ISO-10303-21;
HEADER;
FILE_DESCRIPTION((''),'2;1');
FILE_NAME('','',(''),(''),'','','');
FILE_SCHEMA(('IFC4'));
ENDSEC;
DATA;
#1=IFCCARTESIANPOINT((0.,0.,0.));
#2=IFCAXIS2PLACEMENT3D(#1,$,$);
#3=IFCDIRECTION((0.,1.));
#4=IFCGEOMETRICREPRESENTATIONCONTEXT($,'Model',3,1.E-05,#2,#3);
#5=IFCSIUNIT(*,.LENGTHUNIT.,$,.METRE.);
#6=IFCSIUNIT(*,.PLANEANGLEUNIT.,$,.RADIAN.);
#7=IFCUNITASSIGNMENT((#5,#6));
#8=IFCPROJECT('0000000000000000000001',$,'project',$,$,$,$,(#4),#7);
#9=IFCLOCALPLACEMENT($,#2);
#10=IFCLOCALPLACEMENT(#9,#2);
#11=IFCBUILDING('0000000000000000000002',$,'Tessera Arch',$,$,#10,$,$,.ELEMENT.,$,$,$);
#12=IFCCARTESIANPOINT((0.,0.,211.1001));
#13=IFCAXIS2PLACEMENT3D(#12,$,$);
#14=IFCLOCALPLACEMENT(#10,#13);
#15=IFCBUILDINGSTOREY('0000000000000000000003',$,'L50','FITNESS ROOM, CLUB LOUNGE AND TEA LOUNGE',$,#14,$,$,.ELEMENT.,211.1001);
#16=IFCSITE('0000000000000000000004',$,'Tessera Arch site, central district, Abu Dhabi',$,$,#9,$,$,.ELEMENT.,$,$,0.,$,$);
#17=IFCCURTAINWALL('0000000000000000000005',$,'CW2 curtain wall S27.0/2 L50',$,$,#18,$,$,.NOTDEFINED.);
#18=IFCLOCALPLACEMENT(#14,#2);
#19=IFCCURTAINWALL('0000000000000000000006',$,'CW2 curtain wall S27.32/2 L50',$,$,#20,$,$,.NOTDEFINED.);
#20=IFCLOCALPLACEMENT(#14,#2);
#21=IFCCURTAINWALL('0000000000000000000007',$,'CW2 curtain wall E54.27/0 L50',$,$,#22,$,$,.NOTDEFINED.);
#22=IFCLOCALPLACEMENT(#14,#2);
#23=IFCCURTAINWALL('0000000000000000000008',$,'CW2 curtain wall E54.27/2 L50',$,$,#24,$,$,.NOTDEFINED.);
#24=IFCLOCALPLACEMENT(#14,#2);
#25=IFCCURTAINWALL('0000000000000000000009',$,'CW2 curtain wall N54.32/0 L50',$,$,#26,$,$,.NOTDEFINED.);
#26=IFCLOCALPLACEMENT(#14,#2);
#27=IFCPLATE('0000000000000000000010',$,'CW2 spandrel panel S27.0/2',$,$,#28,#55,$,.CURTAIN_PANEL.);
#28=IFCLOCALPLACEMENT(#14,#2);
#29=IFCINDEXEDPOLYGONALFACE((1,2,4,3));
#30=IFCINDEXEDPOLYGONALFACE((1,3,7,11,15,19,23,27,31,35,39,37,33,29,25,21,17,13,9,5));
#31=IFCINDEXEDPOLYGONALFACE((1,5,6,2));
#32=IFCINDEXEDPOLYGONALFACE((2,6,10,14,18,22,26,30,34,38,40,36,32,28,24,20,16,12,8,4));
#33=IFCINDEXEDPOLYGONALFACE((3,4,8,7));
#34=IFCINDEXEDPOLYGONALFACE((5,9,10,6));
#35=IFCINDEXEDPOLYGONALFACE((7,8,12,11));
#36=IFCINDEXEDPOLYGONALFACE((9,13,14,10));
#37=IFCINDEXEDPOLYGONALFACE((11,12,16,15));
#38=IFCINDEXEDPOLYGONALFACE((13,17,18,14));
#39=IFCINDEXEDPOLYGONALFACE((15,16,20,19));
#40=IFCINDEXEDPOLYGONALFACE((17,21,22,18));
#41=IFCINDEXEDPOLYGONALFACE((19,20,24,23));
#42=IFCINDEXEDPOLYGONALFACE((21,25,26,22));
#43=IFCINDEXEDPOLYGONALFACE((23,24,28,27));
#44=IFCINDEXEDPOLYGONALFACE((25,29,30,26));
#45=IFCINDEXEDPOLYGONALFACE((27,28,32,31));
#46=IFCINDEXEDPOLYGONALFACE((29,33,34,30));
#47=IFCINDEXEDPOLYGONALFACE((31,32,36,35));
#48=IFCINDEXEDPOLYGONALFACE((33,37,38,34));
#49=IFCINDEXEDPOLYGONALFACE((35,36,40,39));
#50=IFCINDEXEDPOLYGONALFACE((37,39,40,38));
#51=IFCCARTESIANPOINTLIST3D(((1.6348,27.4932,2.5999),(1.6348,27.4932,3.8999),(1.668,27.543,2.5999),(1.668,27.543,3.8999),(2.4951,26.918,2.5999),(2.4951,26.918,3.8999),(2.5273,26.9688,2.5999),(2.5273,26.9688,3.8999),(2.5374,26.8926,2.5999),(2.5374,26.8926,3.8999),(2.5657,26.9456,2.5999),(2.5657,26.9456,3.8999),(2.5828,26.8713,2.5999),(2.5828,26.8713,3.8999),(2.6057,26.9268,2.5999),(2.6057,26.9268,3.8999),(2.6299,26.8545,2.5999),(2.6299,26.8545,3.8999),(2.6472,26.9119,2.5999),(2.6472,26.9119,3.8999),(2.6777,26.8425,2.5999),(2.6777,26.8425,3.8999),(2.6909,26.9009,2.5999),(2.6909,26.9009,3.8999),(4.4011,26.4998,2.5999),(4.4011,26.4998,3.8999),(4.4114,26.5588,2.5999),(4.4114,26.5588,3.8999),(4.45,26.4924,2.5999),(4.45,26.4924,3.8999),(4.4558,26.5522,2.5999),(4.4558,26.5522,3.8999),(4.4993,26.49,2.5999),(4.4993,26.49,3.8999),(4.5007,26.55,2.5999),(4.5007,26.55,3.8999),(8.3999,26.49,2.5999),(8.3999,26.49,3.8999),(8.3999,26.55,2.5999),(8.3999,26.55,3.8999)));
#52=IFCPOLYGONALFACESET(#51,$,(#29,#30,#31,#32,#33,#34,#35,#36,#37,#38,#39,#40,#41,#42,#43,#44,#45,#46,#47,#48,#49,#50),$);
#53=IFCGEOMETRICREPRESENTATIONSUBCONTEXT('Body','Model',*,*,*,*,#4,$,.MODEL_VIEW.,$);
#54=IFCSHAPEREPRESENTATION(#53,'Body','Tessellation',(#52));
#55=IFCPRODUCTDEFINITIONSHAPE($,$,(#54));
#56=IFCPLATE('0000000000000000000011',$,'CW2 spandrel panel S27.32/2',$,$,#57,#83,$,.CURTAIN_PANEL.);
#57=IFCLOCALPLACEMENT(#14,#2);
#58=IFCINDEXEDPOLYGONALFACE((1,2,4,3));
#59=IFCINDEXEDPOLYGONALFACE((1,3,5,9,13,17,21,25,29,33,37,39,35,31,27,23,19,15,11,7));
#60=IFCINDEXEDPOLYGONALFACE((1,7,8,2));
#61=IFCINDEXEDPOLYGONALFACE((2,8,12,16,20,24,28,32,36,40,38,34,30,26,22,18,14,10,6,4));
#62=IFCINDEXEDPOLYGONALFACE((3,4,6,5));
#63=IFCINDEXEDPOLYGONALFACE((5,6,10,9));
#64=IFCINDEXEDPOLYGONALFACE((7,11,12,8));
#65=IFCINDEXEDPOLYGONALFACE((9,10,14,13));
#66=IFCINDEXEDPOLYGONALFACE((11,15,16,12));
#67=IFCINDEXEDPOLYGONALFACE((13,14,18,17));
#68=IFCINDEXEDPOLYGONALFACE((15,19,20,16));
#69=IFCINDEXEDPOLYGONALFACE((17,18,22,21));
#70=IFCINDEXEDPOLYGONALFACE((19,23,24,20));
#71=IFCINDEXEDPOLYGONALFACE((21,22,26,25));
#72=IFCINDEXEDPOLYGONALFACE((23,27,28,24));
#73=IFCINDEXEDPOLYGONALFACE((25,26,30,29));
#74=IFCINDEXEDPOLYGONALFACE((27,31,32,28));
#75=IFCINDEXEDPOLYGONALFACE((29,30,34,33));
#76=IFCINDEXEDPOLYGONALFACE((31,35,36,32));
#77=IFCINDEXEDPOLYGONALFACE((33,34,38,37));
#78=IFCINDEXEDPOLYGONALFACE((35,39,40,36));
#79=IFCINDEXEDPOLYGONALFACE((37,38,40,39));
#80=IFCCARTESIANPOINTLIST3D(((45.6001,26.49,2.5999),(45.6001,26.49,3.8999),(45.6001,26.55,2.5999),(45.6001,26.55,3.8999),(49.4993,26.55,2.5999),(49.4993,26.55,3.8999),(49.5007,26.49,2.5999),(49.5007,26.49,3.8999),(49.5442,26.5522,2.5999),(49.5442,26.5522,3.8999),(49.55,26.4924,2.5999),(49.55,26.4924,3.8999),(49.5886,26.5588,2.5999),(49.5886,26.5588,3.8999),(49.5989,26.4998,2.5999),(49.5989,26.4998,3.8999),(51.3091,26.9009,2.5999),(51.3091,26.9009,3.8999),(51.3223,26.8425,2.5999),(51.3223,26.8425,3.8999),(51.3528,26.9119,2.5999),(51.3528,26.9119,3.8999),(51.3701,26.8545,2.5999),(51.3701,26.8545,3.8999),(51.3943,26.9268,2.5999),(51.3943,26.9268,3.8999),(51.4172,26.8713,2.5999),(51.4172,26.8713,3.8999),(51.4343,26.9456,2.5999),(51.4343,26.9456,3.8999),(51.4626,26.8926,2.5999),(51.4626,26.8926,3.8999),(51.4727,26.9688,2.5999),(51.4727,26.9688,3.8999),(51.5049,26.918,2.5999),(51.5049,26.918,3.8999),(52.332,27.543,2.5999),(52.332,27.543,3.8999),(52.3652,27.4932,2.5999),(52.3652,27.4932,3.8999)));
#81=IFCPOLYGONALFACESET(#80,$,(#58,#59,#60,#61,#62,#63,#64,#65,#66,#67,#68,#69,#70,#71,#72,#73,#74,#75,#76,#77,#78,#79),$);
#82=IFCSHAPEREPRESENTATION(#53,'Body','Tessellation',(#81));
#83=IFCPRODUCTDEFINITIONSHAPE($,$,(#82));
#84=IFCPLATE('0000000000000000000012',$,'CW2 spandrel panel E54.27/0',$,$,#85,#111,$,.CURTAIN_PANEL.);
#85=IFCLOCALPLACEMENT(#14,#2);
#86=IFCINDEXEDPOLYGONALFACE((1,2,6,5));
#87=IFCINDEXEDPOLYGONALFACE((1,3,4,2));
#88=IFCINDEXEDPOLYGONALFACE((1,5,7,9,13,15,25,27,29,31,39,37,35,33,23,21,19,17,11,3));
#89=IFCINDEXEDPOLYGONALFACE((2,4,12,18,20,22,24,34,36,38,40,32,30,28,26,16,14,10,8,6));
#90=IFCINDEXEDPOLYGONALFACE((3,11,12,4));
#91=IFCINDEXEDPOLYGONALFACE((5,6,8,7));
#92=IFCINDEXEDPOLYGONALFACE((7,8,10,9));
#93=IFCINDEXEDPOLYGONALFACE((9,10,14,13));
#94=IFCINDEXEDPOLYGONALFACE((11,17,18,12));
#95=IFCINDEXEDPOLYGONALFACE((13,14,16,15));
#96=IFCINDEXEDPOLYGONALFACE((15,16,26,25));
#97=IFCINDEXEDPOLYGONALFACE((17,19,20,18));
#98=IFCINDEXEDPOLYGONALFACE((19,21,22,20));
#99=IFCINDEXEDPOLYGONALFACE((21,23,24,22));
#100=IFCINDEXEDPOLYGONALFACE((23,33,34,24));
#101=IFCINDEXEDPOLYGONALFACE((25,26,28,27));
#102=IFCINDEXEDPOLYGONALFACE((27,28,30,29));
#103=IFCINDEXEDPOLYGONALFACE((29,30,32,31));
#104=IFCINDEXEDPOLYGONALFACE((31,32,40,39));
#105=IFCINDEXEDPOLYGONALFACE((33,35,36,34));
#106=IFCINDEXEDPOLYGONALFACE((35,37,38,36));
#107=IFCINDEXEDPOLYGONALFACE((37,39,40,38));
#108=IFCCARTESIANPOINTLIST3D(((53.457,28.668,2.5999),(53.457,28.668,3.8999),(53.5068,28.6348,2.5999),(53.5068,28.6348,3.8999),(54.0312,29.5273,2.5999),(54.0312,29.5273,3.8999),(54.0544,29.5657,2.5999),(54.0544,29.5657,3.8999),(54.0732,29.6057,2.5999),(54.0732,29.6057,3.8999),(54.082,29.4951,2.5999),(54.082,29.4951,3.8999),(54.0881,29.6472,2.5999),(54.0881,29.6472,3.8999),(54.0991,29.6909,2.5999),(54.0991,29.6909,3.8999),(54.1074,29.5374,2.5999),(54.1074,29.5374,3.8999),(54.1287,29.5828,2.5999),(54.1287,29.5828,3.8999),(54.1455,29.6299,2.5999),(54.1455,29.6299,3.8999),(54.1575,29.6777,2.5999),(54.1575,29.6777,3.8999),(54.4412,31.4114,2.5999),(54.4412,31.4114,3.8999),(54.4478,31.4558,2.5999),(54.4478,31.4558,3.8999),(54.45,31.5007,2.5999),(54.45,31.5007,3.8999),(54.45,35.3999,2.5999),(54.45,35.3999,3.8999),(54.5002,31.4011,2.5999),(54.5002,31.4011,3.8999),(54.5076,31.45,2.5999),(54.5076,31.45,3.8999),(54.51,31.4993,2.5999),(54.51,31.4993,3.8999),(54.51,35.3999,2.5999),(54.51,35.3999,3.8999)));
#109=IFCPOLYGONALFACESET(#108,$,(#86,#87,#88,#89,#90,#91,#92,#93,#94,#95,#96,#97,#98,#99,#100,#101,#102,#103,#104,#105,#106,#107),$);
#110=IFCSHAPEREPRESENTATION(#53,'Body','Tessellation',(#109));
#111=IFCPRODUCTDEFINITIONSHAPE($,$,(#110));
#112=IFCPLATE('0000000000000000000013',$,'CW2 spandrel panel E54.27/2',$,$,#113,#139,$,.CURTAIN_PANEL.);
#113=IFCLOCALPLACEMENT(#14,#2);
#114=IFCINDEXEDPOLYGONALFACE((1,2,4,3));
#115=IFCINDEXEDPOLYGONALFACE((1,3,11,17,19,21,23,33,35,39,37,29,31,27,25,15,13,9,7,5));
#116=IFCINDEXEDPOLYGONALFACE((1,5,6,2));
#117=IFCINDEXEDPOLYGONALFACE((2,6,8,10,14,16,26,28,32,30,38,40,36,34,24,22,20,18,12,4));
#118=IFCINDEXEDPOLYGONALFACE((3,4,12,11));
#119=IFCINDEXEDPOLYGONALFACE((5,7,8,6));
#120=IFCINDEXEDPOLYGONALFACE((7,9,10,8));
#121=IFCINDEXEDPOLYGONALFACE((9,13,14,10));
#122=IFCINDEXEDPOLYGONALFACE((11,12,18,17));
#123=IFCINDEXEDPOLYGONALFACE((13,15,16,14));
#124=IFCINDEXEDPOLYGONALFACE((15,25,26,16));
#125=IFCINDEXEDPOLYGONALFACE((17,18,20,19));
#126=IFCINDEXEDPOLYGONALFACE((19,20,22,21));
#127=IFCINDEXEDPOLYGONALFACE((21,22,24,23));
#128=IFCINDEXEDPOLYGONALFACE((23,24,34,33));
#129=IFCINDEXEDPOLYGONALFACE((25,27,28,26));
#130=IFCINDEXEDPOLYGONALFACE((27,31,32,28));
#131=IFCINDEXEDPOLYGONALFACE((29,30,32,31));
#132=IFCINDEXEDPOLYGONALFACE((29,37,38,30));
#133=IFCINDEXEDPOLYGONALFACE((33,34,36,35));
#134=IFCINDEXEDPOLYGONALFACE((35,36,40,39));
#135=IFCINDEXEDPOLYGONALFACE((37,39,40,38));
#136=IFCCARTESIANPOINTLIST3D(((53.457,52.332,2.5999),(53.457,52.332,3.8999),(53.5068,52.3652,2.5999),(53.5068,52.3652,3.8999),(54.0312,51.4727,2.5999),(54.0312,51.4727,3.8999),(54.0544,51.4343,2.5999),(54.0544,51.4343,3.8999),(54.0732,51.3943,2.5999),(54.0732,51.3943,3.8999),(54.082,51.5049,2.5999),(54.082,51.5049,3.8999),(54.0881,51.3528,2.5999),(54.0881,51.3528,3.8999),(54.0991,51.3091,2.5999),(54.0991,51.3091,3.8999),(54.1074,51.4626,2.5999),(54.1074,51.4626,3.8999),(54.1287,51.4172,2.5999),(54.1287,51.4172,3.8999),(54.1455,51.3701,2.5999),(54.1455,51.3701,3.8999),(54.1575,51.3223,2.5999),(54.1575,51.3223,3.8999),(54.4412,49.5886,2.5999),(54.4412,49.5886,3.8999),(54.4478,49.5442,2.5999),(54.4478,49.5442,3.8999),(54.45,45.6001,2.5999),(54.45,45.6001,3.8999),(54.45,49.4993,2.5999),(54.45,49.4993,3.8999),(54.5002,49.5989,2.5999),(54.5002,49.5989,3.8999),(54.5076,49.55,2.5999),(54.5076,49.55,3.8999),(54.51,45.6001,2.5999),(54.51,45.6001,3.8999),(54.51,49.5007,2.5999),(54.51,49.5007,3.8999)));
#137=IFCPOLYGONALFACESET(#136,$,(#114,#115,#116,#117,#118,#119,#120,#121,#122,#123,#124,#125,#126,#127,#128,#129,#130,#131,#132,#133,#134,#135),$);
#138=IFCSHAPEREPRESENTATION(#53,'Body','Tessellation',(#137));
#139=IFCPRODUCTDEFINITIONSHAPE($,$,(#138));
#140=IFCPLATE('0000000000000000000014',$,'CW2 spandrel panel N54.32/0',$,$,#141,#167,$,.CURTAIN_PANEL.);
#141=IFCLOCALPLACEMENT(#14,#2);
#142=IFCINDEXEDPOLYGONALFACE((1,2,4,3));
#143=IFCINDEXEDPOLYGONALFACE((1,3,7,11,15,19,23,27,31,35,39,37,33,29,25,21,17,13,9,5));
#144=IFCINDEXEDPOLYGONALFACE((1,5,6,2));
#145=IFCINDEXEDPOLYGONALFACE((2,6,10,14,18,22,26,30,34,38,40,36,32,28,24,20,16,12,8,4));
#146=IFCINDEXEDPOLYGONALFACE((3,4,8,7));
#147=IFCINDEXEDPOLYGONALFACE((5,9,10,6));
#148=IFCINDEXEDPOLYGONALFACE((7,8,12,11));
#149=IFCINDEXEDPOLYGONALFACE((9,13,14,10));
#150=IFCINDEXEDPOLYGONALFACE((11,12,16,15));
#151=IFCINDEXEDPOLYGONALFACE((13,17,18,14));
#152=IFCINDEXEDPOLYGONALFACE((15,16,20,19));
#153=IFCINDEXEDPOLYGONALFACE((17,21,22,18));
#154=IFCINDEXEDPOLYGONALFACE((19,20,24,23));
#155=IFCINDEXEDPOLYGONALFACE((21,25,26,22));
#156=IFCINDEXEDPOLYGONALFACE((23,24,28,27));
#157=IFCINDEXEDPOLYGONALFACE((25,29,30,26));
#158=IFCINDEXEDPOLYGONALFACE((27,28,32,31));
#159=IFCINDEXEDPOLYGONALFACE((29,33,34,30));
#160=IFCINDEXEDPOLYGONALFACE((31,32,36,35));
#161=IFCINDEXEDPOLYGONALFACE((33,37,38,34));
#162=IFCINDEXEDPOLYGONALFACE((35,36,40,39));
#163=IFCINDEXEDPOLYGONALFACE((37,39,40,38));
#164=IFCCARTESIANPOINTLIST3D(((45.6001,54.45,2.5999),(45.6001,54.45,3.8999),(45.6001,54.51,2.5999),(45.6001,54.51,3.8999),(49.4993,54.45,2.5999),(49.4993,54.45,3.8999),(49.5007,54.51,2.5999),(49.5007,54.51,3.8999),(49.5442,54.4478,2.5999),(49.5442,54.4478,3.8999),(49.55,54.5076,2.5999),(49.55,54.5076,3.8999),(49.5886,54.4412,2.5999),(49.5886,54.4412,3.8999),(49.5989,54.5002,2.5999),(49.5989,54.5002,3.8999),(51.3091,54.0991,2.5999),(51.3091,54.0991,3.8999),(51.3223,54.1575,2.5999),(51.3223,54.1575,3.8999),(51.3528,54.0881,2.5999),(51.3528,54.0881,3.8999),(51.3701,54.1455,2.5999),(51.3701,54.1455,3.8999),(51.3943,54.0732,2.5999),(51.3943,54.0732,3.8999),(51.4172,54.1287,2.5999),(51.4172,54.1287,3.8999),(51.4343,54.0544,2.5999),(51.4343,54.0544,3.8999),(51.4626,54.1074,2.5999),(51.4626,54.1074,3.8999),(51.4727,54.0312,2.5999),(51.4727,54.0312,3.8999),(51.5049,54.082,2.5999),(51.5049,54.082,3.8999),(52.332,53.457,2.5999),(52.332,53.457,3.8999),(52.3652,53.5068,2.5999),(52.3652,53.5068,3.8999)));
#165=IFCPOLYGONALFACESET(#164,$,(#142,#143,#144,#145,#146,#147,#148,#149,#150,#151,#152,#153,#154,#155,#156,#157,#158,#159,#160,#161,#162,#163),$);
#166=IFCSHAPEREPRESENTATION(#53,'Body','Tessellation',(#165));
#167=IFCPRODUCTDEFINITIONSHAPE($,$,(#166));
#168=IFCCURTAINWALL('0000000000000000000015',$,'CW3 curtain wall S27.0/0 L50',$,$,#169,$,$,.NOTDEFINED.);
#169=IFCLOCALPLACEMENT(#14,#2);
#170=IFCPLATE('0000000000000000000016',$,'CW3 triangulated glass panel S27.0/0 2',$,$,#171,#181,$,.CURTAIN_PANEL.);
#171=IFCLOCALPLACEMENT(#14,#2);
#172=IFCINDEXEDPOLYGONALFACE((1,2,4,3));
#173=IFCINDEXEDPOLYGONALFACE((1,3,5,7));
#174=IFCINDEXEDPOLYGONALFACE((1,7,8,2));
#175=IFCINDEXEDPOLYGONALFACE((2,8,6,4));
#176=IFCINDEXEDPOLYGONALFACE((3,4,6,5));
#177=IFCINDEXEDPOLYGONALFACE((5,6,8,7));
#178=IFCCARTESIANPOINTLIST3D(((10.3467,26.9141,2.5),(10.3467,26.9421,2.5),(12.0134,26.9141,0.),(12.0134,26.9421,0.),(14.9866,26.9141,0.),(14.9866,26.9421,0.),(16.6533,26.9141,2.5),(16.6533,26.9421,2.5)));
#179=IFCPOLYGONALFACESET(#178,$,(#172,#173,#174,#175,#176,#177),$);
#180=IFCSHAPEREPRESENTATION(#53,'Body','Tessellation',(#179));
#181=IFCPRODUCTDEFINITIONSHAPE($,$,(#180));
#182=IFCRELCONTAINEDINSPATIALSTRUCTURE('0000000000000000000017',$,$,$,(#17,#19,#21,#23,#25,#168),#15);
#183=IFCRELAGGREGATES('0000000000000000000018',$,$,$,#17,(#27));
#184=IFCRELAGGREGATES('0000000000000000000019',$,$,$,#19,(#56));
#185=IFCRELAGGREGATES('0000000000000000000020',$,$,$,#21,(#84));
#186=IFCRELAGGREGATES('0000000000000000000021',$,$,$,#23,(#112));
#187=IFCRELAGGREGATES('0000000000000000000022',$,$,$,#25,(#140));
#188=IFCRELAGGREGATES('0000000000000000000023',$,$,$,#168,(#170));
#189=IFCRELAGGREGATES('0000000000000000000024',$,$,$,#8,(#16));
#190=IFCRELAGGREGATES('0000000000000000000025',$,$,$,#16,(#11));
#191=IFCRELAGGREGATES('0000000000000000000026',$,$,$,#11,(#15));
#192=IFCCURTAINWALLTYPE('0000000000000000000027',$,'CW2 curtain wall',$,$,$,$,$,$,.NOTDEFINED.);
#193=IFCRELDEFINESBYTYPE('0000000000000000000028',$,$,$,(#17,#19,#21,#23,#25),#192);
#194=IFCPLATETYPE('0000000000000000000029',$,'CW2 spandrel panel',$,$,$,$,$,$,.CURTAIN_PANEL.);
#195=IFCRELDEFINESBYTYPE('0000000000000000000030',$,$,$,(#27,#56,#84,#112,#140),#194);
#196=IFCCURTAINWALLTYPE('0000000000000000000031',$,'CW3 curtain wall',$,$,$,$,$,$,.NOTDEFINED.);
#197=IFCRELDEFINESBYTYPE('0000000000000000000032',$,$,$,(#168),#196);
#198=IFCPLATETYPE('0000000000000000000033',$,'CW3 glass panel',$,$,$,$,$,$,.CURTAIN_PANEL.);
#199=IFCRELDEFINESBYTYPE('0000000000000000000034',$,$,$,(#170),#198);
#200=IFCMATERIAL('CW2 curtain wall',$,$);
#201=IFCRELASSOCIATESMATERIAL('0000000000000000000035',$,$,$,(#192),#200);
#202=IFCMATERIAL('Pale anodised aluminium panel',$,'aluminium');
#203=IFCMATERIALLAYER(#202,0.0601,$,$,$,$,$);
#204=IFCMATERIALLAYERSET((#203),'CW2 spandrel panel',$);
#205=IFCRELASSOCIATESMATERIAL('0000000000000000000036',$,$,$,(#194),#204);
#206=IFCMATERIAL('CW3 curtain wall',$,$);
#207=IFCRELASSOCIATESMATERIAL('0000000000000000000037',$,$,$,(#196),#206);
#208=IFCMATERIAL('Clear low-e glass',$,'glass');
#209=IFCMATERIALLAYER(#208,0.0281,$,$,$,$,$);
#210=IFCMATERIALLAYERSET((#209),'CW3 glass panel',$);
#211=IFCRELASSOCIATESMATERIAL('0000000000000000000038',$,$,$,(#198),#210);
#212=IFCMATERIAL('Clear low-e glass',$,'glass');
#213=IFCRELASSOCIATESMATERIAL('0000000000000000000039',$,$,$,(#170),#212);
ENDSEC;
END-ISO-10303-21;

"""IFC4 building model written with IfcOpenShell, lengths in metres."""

from ifc_helpers import new_model, si_unit, direction, frame, origin, place, context, subcontext, project, spatial, polyline, outline, extrude, material, layer, layer_set, type_object, element, aggregate, save


model = new_model("IFC4")

# Units and contexts
model_context = context("Model", 3, precision=1e-05, world=origin(), true_north=direction((0.0, 1.0)))
body_context = subcontext(model_context, "Body", "Model", "MODEL_VIEW")
ifc_project = project(units=[si_unit("LENGTHUNIT", "METRE"), si_unit("PLANEANGLEUNIT", "RADIAN")], contexts=[model_context])

# Site, building, storey
site_placement = place(None, origin())
site = spatial("IfcSite", under=ifc_project, at=site_placement, Name="Tessera Arch site, central district, Abu Dhabi", CompositionType="ELEMENT", RefElevation=0.0)
building_placement = place(site_placement, origin())
building = spatial("IfcBuilding", under=site, at=building_placement, Name="Tessera Arch", CompositionType="ELEMENT")
storey_placement = place(building_placement, frame((0.0, 0.0, 211.1001)))
storey = spatial("IfcBuildingStorey", under=building, at=storey_placement, Name="L50", Description="FITNESS ROOM, CLUB LOUNGE AND TEA LOUNGE", CompositionType="ELEMENT", Elevation=211.1001)

# Curtain walls
ifc_material_1 = material(Name="CW2 curtain wall")
curtain_wall_type_1 = type_object("IfcCurtainWallType", Name="CW2 curtain wall", PredefinedType="NOTDEFINED", material=ifc_material_1)
curtain_wall_1_placement = place(storey_placement, origin())
curtain_wall_1 = element("IfcCurtainWall", 1, at=curtain_wall_1_placement, inside=storey, type_object=curtain_wall_type_1, Name="CW2 curtain wall S27.0/2 L50", PredefinedType="NOTDEFINED")
curtain_wall_2_placement = place(storey_placement, origin())
curtain_wall_2 = element("IfcCurtainWall", 2, at=curtain_wall_2_placement, inside=storey, type_object=curtain_wall_type_1, Name="CW2 curtain wall S27.32/2 L50", PredefinedType="NOTDEFINED")
curtain_wall_3_placement = place(storey_placement, origin())
curtain_wall_3 = element("IfcCurtainWall", 3, at=curtain_wall_3_placement, inside=storey, type_object=curtain_wall_type_1, Name="CW2 curtain wall E54.27/0 L50", PredefinedType="NOTDEFINED")
curtain_wall_4_placement = place(storey_placement, origin())
curtain_wall_4 = element("IfcCurtainWall", 4, at=curtain_wall_4_placement, inside=storey, type_object=curtain_wall_type_1, Name="CW2 curtain wall E54.27/2 L50", PredefinedType="NOTDEFINED")
curtain_wall_5_placement = place(storey_placement, origin())
curtain_wall_5 = element("IfcCurtainWall", 5, at=curtain_wall_5_placement, inside=storey, type_object=curtain_wall_type_1, Name="CW2 curtain wall N54.32/0 L50", PredefinedType="NOTDEFINED")

# Plates
ifc_material_2 = material(Name="Clear low-e glass", Category="glass")
ifc_material_3 = material(Name="Pale anodised aluminium panel", Category="aluminium")
ifc_layer_1 = layer(ifc_material_3, 0.0601)
ifc_layer_set_1 = layer_set([ifc_layer_1], Name="CW2 spandrel panel")
plate_type_1 = type_object("IfcPlateType", Name="CW2 spandrel panel", PredefinedType="CURTAIN_PANEL", material=ifc_layer_set_1)
plate_1_placement = place(storey_placement, frame((0.0, 0.0, 2.5999)))
plate_1 = element("IfcPlate", 6, at=plate_1_placement, type_object=plate_type_1, Name="CW2 spandrel panel S27.0/2", PredefinedType="CURTAIN_PANEL", context=body_context, shape_type="SweptSolid", body=[
    extrude(outline(polyline([(2.5273, 26.9688), (1.668, 27.543), (1.6348, 27.4932), (2.4951, 26.918), (2.5374, 26.8926), (2.5828, 26.8713), (2.6299, 26.8545), (2.6777, 26.8425), (4.4011, 26.4998), (4.45, 26.4924), (4.4993, 26.49), (8.3999, 26.49), (8.3999, 26.55), (4.5007, 26.55), (4.4558, 26.5522), (4.4114, 26.5588), (2.6909, 26.9009), (2.6472, 26.9119), (2.6057, 26.9268), (2.5657, 26.9456), (2.5273, 26.9688)])), origin(), (0.0, 0.0, 1.0), 1.3),
])
aggregate(curtain_wall_1, [plate_1])
plate_2_placement = place(storey_placement, frame((0.0, 0.0, 2.5999)))
plate_2 = element("IfcPlate", 7, at=plate_2_placement, type_object=plate_type_1, Name="CW2 spandrel panel S27.32/2", PredefinedType="CURTAIN_PANEL", context=body_context, shape_type="SweptSolid", body=[
    extrude(outline(polyline([(49.4993, 26.55), (45.6001, 26.55), (45.6001, 26.49), (49.5007, 26.49), (49.55, 26.4924), (49.5989, 26.4998), (51.3223, 26.8425), (51.3701, 26.8545), (51.4172, 26.8713), (51.4626, 26.8926), (51.5049, 26.918), (52.3652, 27.4932), (52.332, 27.543), (51.4727, 26.9688), (51.4343, 26.9456), (51.3943, 26.9268), (51.3528, 26.9119), (51.3091, 26.9009), (49.5886, 26.5588), (49.5442, 26.5522), (49.4993, 26.55)])), origin(), (0.0, 0.0, 1.0), 1.3),
])
aggregate(curtain_wall_2, [plate_2])
plate_3_placement = place(storey_placement, frame((0.0, 0.0, 2.5999)))
plate_3 = element("IfcPlate", 8, at=plate_3_placement, type_object=plate_type_1, Name="CW2 spandrel panel E54.27/0", PredefinedType="CURTAIN_PANEL", context=body_context, shape_type="SweptSolid", body=[
    extrude(outline(polyline([(54.0312, 29.5273), (53.457, 28.668), (53.5068, 28.6348), (54.082, 29.4951), (54.1074, 29.5374), (54.1287, 29.5828), (54.1455, 29.6299), (54.1575, 29.6777), (54.5002, 31.4011), (54.5076, 31.45), (54.51, 31.4993), (54.51, 35.3999), (54.45, 35.3999), (54.45, 31.5007), (54.4478, 31.4558), (54.4412, 31.4114), (54.0991, 29.6909), (54.0881, 29.6472), (54.0732, 29.6057), (54.0544, 29.5657), (54.0312, 29.5273)])), origin(), (0.0, 0.0, 1.0), 1.3),
])
aggregate(curtain_wall_3, [plate_3])
plate_4_placement = place(storey_placement, frame((0.0, 0.0, 2.5999)))
plate_4 = element("IfcPlate", 9, at=plate_4_placement, type_object=plate_type_1, Name="CW2 spandrel panel E54.27/2", PredefinedType="CURTAIN_PANEL", context=body_context, shape_type="SweptSolid", body=[
    extrude(outline(polyline([(54.45, 49.4993), (54.45, 45.6001), (54.51, 45.6001), (54.51, 49.5007), (54.5076, 49.55), (54.5002, 49.5989), (54.1575, 51.3223), (54.1455, 51.3701), (54.1287, 51.4172), (54.1074, 51.4626), (54.082, 51.5049), (53.5068, 52.3652), (53.457, 52.332), (54.0312, 51.4727), (54.0544, 51.4343), (54.0732, 51.3943), (54.0881, 51.3528), (54.0991, 51.3091), (54.4412, 49.5886), (54.4478, 49.5442), (54.45, 49.4993)])), origin(), (0.0, 0.0, 1.0), 1.3),
])
aggregate(curtain_wall_4, [plate_4])
plate_5_placement = place(storey_placement, frame((0.0, 0.0, 2.5999)))
plate_5 = element("IfcPlate", 10, at=plate_5_placement, type_object=plate_type_1, Name="CW2 spandrel panel N54.32/0", PredefinedType="CURTAIN_PANEL", context=body_context, shape_type="SweptSolid", body=[
    extrude(outline(polyline([(51.4727, 54.0312), (52.332, 53.457), (52.3652, 53.5068), (51.5049, 54.082), (51.4626, 54.1074), (51.4172, 54.1287), (51.3701, 54.1455), (51.3223, 54.1575), (49.5989, 54.5002), (49.55, 54.5076), (49.5007, 54.51), (45.6001, 54.51), (45.6001, 54.45), (49.4993, 54.45), (49.5442, 54.4478), (49.5886, 54.4412), (51.3091, 54.0991), (51.3528, 54.0881), (51.3943, 54.0732), (51.4343, 54.0544), (51.4727, 54.0312)])), origin(), (0.0, 0.0, 1.0), 1.3),
])
aggregate(curtain_wall_5, [plate_5])

# Curtain wall, plate
ifc_material_4 = material(Name="CW3 curtain wall")
curtain_wall_type_2 = type_object("IfcCurtainWallType", Name="CW3 curtain wall", PredefinedType="NOTDEFINED", material=ifc_material_4)
curtain_wall_6_placement = place(storey_placement, origin())
curtain_wall_6 = element("IfcCurtainWall", 11, at=curtain_wall_6_placement, inside=storey, type_object=curtain_wall_type_2, Name="CW3 curtain wall S27.0/0 L50", PredefinedType="NOTDEFINED")
ifc_material_5 = material(Name="Clear low-e glass", Category="glass")
ifc_layer_2 = layer(ifc_material_5, 0.0281)
ifc_layer_set_2 = layer_set([ifc_layer_2], Name="CW3 glass panel")
plate_type_2 = type_object("IfcPlateType", Name="CW3 glass panel", PredefinedType="CURTAIN_PANEL", material=ifc_layer_set_2)
plate_6_placement = place(storey_placement, frame((16.6533, 26.9141, 2.5), z_axis=(0.0, -1.0, 0.0), x_axis=(-1.0, 0.0, 0.0)))
plate_6 = element("IfcPlate", 12, at=plate_6_placement, type_object=plate_type_2, material=ifc_material_2, Name="CW3 triangulated glass panel S27.0/0 2", PredefinedType="CURTAIN_PANEL", context=body_context, shape_type="SweptSolid", body=[
    extrude(outline(polyline([(0.0, 0.0), (6.3066, 0.0), (4.6399, 2.5), (1.6667, 2.5), (0.0, 0.0)])), origin(), (0.0, 0.0, -1.0), 0.0281),
])
aggregate(curtain_wall_6, [plate_6])

save(model, "model.ifc")
